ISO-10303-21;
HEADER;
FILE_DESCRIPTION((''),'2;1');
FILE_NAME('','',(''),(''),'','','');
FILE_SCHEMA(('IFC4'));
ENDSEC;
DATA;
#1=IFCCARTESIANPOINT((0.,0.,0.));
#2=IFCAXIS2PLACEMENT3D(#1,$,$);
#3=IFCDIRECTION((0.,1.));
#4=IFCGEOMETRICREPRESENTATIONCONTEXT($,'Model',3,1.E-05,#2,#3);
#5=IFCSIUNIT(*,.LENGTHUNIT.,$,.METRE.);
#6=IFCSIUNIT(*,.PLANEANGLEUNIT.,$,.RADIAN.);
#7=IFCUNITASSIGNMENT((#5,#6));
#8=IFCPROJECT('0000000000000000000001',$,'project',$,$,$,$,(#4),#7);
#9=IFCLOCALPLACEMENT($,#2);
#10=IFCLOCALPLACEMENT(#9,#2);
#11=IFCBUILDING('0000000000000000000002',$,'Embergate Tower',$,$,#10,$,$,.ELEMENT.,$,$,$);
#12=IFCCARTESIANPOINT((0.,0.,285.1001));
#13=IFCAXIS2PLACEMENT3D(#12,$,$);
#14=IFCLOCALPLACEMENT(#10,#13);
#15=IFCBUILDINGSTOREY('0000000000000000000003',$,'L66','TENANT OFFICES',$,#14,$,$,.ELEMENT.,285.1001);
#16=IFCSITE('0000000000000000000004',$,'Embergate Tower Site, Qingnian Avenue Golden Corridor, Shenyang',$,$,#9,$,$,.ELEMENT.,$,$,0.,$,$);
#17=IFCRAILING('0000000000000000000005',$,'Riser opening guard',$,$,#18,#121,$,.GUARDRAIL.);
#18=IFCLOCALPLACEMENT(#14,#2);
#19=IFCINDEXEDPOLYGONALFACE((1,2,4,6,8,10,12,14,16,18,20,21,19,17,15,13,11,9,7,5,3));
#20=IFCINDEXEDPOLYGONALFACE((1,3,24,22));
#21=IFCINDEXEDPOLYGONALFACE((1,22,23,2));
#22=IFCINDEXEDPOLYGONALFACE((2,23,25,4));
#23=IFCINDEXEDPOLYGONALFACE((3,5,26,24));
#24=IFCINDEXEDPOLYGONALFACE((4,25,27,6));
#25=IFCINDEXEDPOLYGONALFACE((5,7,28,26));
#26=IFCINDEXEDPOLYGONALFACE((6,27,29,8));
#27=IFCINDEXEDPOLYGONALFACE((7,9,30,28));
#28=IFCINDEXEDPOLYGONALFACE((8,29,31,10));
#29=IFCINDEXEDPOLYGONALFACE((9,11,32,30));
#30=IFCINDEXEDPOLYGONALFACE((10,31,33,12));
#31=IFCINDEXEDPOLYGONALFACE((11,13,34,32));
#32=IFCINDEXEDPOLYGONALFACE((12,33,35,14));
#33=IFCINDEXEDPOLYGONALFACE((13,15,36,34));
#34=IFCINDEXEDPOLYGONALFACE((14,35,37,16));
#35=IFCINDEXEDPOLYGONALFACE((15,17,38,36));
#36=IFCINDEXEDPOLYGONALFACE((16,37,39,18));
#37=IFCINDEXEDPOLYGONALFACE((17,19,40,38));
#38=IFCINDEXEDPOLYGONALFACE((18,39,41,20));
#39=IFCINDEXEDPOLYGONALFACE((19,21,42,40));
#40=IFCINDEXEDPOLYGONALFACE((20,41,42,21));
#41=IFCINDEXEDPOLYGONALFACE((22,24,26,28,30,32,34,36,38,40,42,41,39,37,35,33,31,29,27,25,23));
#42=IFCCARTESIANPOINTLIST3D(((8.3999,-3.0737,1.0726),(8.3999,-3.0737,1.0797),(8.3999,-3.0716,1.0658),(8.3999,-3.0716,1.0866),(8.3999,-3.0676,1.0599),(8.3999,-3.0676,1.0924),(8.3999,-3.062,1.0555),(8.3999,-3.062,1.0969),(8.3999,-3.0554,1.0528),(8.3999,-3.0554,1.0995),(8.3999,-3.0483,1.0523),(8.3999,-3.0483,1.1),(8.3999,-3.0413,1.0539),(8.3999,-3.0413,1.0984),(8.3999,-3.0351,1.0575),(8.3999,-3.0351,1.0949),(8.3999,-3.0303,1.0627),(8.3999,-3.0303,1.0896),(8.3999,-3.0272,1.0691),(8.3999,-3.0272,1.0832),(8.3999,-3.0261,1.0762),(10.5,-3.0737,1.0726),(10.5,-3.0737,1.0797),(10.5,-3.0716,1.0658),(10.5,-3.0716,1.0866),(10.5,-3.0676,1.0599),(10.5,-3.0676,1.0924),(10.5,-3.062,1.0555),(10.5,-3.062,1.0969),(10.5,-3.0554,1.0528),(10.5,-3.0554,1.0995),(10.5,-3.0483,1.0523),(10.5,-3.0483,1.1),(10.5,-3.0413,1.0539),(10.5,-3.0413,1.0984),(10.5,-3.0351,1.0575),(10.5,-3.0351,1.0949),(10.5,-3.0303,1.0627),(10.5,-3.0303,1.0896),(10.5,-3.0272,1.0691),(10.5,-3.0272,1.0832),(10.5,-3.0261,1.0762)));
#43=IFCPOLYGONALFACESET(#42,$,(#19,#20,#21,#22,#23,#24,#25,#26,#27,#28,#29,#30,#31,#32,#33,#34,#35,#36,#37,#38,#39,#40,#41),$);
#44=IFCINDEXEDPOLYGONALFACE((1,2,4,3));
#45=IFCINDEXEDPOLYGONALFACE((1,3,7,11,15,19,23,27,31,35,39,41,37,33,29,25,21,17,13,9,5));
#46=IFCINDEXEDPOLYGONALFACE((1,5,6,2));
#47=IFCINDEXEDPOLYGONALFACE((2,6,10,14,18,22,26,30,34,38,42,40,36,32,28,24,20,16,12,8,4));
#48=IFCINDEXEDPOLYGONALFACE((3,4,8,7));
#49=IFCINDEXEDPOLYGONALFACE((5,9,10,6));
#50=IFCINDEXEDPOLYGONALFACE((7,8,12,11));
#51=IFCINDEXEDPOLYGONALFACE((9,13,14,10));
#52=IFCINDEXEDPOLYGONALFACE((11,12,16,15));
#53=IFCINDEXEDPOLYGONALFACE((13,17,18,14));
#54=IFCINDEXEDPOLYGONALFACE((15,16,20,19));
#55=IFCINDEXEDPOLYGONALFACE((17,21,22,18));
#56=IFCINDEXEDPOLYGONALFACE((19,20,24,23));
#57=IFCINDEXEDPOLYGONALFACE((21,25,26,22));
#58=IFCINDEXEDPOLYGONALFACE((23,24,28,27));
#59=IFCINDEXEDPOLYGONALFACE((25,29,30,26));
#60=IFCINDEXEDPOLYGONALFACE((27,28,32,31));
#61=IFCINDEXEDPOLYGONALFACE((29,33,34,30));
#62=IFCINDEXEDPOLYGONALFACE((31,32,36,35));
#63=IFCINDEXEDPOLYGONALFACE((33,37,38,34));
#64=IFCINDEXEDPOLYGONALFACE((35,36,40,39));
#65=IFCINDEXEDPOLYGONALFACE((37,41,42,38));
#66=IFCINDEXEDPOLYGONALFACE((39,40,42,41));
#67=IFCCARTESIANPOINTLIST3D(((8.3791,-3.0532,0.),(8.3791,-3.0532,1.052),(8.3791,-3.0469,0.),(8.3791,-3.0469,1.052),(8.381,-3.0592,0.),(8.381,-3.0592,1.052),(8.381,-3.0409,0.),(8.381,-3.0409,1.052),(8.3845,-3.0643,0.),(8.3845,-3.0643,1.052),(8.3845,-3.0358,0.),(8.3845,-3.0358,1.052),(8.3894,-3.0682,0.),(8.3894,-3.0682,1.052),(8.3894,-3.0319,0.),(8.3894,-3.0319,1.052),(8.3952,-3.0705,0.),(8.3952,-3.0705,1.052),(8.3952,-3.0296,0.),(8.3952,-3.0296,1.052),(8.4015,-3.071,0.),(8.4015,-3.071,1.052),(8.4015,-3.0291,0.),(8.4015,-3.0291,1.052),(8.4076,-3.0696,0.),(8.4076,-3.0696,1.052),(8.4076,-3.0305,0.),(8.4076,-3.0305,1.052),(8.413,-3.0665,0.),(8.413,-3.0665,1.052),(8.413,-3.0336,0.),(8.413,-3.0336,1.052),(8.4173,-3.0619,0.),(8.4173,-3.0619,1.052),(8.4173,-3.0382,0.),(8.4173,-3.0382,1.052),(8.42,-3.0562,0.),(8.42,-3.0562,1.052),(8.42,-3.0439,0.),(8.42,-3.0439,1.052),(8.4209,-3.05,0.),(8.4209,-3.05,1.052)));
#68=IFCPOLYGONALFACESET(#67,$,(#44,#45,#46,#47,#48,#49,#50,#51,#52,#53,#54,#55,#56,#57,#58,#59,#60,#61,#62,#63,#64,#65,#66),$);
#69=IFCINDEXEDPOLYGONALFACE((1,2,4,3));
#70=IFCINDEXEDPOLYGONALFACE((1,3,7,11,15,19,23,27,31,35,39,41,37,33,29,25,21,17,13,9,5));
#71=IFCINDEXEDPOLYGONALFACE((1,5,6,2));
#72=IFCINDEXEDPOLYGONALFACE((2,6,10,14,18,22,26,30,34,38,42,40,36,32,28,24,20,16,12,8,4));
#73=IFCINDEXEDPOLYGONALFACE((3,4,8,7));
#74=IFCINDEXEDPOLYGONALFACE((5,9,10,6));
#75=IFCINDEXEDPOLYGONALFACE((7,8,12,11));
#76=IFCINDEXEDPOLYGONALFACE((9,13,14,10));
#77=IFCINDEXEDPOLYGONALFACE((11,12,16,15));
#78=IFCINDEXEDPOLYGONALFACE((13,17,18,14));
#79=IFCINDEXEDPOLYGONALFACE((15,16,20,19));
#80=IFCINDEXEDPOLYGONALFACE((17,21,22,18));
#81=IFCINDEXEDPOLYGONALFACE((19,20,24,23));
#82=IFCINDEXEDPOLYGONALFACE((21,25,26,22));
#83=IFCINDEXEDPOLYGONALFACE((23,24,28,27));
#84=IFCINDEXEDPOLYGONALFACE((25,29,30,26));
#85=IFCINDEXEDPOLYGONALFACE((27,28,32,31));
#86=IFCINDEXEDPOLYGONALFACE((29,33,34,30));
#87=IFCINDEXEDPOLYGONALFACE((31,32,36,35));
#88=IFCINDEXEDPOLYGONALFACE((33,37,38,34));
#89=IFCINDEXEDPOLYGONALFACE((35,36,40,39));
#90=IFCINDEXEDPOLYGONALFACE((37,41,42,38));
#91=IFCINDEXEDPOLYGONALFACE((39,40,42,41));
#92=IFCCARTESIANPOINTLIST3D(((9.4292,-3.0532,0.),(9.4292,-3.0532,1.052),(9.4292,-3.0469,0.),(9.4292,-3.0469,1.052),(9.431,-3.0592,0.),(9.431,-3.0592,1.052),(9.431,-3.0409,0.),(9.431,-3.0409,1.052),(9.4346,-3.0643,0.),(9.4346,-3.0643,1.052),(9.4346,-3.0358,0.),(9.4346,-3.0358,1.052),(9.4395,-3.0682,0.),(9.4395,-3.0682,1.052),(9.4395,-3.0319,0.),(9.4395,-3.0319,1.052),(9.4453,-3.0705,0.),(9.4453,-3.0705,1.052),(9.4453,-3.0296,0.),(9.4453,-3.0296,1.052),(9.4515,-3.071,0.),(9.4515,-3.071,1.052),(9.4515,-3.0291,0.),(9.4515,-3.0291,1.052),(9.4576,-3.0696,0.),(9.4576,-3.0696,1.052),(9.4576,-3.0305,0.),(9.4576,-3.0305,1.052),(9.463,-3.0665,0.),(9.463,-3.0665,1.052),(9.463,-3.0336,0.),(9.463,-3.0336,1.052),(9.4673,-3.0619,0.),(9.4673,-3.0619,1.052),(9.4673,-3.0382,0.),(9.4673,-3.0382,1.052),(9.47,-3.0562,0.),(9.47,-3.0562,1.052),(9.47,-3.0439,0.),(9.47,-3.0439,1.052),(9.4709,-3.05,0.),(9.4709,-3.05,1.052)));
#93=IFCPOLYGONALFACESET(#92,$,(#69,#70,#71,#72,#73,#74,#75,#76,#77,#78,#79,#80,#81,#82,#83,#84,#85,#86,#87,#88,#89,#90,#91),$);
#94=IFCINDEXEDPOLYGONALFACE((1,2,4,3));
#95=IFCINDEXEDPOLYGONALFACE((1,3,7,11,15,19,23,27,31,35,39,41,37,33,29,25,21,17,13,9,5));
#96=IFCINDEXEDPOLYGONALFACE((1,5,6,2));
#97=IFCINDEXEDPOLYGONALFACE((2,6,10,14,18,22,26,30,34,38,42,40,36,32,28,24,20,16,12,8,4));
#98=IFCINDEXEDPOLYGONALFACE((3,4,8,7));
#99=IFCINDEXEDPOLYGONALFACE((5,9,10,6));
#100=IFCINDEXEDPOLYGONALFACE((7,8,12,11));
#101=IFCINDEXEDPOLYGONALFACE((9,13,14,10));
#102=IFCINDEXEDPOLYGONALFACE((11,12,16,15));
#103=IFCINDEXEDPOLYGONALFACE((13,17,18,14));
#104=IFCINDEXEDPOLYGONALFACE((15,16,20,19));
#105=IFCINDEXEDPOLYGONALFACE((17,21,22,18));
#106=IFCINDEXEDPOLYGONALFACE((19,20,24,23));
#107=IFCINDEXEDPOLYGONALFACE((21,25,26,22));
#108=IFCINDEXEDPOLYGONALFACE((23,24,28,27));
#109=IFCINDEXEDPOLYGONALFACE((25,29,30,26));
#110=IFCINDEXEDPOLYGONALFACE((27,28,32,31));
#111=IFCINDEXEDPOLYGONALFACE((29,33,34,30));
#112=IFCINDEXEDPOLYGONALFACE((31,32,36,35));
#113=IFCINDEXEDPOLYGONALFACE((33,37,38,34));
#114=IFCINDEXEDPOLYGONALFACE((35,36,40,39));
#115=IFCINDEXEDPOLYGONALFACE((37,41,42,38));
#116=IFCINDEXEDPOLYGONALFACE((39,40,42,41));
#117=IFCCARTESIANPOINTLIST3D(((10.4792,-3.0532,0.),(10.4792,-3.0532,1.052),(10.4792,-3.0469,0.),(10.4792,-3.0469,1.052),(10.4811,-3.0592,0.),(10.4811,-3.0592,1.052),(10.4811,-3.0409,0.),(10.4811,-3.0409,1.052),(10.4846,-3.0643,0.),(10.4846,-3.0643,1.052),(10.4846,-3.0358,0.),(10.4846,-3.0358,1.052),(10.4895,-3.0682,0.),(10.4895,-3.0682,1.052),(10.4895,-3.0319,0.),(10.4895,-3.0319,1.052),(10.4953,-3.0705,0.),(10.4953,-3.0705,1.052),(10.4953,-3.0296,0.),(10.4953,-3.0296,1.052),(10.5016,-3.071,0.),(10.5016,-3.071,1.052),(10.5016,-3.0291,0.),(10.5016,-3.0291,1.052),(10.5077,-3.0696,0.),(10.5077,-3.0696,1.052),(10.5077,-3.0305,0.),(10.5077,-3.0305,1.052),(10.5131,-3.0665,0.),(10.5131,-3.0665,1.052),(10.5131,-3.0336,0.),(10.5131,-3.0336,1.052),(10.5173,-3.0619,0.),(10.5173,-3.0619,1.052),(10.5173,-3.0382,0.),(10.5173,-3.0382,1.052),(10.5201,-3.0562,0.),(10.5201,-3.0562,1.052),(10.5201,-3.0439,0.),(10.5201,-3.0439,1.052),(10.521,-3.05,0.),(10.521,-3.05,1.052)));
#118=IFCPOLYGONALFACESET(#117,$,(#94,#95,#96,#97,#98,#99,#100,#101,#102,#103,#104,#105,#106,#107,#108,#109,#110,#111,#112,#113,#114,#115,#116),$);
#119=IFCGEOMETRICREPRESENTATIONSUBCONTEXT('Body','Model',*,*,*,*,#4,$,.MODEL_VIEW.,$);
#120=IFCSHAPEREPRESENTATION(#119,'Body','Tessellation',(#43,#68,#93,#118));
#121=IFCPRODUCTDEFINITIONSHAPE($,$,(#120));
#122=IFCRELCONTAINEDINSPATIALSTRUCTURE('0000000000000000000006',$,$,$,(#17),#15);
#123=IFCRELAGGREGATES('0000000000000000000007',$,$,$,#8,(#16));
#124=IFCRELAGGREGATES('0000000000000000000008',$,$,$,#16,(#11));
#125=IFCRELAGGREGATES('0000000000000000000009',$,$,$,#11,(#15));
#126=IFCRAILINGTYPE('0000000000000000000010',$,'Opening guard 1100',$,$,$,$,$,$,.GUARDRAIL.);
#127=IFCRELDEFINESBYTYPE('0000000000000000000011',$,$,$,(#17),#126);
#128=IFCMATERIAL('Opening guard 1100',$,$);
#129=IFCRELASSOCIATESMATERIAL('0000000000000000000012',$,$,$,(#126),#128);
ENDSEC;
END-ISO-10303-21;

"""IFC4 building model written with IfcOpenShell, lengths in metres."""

from ifc_helpers import new_model, si_unit, direction, frame, origin, origin_2d, place, context, subcontext, project, spatial, circle, extrude, source, transform, mapped, material, type_object, element, save


model = new_model("IFC4")

# Units and contexts
model_context = context("Model", 3, precision=1e-05, world=origin(), true_north=direction((0.0, 1.0)))
body_context = subcontext(model_context, "Body", "Model", "MODEL_VIEW")
ifc_project = project(units=[si_unit("LENGTHUNIT", "METRE"), si_unit("PLANEANGLEUNIT", "RADIAN")], contexts=[model_context])

# Site, building, storey
site_placement = place(None, origin())
site = spatial("IfcSite", under=ifc_project, at=site_placement, Name="Embergate Tower Site, Qingnian Avenue Golden Corridor, Shenyang", CompositionType="ELEMENT", RefElevation=0.0)
building_placement = place(site_placement, origin())
building = spatial("IfcBuilding", under=site, at=building_placement, Name="Embergate Tower", CompositionType="ELEMENT")
storey_placement = place(building_placement, frame((0.0, 0.0, 285.1001)))
storey = spatial("IfcBuildingStorey", under=building, at=storey_placement, Name="L66", Description="TENANT OFFICES", CompositionType="ELEMENT", Elevation=285.1001)

# Railing
ifc_material_1 = material(Name="Opening guard 1100")
railing_type_1 = type_object("IfcRailingType", Name="Opening guard 1100", PredefinedType="GUARDRAIL", material=ifc_material_1)
shared_shape_1 = source(origin(), body_context, "Body", "SweptSolid", [
    extrude(circle(Radius=0.0239, at=origin_2d()), frame((0.0, 0.0, 1.0762), z_axis=(1.0, 0.0, 0.0), x_axis=(0.0, 1.0, 0.0)), (0.0, 0.0, 1.0), 2.1001),
    extrude(circle(Radius=0.021, at=origin_2d()), origin(), (0.0, 0.0, 1.0), 1.052),
    extrude(circle(Radius=0.021, at=origin_2d()), frame((1.05, 0.0, 0.0)), (0.0, 0.0, 1.0), 1.052),
    extrude(circle(Radius=0.021, at=origin_2d()), frame((2.1001, 0.0, 0.0)), (0.0, 0.0, 1.0), 1.052),
])
railing_1_placement = place(storey_placement, frame((8.3999, -3.05, 0.0)))
element("IfcRailing", 1, at=railing_1_placement, inside=storey, type_object=railing_type_1, Name="Riser opening guard", PredefinedType="GUARDRAIL", context=body_context, shape_type="MappedRepresentation", body=[
    mapped(shared_shape_1, transform((0.0, 0.0, 0.0))),
])

save(model, "model.ifc")
